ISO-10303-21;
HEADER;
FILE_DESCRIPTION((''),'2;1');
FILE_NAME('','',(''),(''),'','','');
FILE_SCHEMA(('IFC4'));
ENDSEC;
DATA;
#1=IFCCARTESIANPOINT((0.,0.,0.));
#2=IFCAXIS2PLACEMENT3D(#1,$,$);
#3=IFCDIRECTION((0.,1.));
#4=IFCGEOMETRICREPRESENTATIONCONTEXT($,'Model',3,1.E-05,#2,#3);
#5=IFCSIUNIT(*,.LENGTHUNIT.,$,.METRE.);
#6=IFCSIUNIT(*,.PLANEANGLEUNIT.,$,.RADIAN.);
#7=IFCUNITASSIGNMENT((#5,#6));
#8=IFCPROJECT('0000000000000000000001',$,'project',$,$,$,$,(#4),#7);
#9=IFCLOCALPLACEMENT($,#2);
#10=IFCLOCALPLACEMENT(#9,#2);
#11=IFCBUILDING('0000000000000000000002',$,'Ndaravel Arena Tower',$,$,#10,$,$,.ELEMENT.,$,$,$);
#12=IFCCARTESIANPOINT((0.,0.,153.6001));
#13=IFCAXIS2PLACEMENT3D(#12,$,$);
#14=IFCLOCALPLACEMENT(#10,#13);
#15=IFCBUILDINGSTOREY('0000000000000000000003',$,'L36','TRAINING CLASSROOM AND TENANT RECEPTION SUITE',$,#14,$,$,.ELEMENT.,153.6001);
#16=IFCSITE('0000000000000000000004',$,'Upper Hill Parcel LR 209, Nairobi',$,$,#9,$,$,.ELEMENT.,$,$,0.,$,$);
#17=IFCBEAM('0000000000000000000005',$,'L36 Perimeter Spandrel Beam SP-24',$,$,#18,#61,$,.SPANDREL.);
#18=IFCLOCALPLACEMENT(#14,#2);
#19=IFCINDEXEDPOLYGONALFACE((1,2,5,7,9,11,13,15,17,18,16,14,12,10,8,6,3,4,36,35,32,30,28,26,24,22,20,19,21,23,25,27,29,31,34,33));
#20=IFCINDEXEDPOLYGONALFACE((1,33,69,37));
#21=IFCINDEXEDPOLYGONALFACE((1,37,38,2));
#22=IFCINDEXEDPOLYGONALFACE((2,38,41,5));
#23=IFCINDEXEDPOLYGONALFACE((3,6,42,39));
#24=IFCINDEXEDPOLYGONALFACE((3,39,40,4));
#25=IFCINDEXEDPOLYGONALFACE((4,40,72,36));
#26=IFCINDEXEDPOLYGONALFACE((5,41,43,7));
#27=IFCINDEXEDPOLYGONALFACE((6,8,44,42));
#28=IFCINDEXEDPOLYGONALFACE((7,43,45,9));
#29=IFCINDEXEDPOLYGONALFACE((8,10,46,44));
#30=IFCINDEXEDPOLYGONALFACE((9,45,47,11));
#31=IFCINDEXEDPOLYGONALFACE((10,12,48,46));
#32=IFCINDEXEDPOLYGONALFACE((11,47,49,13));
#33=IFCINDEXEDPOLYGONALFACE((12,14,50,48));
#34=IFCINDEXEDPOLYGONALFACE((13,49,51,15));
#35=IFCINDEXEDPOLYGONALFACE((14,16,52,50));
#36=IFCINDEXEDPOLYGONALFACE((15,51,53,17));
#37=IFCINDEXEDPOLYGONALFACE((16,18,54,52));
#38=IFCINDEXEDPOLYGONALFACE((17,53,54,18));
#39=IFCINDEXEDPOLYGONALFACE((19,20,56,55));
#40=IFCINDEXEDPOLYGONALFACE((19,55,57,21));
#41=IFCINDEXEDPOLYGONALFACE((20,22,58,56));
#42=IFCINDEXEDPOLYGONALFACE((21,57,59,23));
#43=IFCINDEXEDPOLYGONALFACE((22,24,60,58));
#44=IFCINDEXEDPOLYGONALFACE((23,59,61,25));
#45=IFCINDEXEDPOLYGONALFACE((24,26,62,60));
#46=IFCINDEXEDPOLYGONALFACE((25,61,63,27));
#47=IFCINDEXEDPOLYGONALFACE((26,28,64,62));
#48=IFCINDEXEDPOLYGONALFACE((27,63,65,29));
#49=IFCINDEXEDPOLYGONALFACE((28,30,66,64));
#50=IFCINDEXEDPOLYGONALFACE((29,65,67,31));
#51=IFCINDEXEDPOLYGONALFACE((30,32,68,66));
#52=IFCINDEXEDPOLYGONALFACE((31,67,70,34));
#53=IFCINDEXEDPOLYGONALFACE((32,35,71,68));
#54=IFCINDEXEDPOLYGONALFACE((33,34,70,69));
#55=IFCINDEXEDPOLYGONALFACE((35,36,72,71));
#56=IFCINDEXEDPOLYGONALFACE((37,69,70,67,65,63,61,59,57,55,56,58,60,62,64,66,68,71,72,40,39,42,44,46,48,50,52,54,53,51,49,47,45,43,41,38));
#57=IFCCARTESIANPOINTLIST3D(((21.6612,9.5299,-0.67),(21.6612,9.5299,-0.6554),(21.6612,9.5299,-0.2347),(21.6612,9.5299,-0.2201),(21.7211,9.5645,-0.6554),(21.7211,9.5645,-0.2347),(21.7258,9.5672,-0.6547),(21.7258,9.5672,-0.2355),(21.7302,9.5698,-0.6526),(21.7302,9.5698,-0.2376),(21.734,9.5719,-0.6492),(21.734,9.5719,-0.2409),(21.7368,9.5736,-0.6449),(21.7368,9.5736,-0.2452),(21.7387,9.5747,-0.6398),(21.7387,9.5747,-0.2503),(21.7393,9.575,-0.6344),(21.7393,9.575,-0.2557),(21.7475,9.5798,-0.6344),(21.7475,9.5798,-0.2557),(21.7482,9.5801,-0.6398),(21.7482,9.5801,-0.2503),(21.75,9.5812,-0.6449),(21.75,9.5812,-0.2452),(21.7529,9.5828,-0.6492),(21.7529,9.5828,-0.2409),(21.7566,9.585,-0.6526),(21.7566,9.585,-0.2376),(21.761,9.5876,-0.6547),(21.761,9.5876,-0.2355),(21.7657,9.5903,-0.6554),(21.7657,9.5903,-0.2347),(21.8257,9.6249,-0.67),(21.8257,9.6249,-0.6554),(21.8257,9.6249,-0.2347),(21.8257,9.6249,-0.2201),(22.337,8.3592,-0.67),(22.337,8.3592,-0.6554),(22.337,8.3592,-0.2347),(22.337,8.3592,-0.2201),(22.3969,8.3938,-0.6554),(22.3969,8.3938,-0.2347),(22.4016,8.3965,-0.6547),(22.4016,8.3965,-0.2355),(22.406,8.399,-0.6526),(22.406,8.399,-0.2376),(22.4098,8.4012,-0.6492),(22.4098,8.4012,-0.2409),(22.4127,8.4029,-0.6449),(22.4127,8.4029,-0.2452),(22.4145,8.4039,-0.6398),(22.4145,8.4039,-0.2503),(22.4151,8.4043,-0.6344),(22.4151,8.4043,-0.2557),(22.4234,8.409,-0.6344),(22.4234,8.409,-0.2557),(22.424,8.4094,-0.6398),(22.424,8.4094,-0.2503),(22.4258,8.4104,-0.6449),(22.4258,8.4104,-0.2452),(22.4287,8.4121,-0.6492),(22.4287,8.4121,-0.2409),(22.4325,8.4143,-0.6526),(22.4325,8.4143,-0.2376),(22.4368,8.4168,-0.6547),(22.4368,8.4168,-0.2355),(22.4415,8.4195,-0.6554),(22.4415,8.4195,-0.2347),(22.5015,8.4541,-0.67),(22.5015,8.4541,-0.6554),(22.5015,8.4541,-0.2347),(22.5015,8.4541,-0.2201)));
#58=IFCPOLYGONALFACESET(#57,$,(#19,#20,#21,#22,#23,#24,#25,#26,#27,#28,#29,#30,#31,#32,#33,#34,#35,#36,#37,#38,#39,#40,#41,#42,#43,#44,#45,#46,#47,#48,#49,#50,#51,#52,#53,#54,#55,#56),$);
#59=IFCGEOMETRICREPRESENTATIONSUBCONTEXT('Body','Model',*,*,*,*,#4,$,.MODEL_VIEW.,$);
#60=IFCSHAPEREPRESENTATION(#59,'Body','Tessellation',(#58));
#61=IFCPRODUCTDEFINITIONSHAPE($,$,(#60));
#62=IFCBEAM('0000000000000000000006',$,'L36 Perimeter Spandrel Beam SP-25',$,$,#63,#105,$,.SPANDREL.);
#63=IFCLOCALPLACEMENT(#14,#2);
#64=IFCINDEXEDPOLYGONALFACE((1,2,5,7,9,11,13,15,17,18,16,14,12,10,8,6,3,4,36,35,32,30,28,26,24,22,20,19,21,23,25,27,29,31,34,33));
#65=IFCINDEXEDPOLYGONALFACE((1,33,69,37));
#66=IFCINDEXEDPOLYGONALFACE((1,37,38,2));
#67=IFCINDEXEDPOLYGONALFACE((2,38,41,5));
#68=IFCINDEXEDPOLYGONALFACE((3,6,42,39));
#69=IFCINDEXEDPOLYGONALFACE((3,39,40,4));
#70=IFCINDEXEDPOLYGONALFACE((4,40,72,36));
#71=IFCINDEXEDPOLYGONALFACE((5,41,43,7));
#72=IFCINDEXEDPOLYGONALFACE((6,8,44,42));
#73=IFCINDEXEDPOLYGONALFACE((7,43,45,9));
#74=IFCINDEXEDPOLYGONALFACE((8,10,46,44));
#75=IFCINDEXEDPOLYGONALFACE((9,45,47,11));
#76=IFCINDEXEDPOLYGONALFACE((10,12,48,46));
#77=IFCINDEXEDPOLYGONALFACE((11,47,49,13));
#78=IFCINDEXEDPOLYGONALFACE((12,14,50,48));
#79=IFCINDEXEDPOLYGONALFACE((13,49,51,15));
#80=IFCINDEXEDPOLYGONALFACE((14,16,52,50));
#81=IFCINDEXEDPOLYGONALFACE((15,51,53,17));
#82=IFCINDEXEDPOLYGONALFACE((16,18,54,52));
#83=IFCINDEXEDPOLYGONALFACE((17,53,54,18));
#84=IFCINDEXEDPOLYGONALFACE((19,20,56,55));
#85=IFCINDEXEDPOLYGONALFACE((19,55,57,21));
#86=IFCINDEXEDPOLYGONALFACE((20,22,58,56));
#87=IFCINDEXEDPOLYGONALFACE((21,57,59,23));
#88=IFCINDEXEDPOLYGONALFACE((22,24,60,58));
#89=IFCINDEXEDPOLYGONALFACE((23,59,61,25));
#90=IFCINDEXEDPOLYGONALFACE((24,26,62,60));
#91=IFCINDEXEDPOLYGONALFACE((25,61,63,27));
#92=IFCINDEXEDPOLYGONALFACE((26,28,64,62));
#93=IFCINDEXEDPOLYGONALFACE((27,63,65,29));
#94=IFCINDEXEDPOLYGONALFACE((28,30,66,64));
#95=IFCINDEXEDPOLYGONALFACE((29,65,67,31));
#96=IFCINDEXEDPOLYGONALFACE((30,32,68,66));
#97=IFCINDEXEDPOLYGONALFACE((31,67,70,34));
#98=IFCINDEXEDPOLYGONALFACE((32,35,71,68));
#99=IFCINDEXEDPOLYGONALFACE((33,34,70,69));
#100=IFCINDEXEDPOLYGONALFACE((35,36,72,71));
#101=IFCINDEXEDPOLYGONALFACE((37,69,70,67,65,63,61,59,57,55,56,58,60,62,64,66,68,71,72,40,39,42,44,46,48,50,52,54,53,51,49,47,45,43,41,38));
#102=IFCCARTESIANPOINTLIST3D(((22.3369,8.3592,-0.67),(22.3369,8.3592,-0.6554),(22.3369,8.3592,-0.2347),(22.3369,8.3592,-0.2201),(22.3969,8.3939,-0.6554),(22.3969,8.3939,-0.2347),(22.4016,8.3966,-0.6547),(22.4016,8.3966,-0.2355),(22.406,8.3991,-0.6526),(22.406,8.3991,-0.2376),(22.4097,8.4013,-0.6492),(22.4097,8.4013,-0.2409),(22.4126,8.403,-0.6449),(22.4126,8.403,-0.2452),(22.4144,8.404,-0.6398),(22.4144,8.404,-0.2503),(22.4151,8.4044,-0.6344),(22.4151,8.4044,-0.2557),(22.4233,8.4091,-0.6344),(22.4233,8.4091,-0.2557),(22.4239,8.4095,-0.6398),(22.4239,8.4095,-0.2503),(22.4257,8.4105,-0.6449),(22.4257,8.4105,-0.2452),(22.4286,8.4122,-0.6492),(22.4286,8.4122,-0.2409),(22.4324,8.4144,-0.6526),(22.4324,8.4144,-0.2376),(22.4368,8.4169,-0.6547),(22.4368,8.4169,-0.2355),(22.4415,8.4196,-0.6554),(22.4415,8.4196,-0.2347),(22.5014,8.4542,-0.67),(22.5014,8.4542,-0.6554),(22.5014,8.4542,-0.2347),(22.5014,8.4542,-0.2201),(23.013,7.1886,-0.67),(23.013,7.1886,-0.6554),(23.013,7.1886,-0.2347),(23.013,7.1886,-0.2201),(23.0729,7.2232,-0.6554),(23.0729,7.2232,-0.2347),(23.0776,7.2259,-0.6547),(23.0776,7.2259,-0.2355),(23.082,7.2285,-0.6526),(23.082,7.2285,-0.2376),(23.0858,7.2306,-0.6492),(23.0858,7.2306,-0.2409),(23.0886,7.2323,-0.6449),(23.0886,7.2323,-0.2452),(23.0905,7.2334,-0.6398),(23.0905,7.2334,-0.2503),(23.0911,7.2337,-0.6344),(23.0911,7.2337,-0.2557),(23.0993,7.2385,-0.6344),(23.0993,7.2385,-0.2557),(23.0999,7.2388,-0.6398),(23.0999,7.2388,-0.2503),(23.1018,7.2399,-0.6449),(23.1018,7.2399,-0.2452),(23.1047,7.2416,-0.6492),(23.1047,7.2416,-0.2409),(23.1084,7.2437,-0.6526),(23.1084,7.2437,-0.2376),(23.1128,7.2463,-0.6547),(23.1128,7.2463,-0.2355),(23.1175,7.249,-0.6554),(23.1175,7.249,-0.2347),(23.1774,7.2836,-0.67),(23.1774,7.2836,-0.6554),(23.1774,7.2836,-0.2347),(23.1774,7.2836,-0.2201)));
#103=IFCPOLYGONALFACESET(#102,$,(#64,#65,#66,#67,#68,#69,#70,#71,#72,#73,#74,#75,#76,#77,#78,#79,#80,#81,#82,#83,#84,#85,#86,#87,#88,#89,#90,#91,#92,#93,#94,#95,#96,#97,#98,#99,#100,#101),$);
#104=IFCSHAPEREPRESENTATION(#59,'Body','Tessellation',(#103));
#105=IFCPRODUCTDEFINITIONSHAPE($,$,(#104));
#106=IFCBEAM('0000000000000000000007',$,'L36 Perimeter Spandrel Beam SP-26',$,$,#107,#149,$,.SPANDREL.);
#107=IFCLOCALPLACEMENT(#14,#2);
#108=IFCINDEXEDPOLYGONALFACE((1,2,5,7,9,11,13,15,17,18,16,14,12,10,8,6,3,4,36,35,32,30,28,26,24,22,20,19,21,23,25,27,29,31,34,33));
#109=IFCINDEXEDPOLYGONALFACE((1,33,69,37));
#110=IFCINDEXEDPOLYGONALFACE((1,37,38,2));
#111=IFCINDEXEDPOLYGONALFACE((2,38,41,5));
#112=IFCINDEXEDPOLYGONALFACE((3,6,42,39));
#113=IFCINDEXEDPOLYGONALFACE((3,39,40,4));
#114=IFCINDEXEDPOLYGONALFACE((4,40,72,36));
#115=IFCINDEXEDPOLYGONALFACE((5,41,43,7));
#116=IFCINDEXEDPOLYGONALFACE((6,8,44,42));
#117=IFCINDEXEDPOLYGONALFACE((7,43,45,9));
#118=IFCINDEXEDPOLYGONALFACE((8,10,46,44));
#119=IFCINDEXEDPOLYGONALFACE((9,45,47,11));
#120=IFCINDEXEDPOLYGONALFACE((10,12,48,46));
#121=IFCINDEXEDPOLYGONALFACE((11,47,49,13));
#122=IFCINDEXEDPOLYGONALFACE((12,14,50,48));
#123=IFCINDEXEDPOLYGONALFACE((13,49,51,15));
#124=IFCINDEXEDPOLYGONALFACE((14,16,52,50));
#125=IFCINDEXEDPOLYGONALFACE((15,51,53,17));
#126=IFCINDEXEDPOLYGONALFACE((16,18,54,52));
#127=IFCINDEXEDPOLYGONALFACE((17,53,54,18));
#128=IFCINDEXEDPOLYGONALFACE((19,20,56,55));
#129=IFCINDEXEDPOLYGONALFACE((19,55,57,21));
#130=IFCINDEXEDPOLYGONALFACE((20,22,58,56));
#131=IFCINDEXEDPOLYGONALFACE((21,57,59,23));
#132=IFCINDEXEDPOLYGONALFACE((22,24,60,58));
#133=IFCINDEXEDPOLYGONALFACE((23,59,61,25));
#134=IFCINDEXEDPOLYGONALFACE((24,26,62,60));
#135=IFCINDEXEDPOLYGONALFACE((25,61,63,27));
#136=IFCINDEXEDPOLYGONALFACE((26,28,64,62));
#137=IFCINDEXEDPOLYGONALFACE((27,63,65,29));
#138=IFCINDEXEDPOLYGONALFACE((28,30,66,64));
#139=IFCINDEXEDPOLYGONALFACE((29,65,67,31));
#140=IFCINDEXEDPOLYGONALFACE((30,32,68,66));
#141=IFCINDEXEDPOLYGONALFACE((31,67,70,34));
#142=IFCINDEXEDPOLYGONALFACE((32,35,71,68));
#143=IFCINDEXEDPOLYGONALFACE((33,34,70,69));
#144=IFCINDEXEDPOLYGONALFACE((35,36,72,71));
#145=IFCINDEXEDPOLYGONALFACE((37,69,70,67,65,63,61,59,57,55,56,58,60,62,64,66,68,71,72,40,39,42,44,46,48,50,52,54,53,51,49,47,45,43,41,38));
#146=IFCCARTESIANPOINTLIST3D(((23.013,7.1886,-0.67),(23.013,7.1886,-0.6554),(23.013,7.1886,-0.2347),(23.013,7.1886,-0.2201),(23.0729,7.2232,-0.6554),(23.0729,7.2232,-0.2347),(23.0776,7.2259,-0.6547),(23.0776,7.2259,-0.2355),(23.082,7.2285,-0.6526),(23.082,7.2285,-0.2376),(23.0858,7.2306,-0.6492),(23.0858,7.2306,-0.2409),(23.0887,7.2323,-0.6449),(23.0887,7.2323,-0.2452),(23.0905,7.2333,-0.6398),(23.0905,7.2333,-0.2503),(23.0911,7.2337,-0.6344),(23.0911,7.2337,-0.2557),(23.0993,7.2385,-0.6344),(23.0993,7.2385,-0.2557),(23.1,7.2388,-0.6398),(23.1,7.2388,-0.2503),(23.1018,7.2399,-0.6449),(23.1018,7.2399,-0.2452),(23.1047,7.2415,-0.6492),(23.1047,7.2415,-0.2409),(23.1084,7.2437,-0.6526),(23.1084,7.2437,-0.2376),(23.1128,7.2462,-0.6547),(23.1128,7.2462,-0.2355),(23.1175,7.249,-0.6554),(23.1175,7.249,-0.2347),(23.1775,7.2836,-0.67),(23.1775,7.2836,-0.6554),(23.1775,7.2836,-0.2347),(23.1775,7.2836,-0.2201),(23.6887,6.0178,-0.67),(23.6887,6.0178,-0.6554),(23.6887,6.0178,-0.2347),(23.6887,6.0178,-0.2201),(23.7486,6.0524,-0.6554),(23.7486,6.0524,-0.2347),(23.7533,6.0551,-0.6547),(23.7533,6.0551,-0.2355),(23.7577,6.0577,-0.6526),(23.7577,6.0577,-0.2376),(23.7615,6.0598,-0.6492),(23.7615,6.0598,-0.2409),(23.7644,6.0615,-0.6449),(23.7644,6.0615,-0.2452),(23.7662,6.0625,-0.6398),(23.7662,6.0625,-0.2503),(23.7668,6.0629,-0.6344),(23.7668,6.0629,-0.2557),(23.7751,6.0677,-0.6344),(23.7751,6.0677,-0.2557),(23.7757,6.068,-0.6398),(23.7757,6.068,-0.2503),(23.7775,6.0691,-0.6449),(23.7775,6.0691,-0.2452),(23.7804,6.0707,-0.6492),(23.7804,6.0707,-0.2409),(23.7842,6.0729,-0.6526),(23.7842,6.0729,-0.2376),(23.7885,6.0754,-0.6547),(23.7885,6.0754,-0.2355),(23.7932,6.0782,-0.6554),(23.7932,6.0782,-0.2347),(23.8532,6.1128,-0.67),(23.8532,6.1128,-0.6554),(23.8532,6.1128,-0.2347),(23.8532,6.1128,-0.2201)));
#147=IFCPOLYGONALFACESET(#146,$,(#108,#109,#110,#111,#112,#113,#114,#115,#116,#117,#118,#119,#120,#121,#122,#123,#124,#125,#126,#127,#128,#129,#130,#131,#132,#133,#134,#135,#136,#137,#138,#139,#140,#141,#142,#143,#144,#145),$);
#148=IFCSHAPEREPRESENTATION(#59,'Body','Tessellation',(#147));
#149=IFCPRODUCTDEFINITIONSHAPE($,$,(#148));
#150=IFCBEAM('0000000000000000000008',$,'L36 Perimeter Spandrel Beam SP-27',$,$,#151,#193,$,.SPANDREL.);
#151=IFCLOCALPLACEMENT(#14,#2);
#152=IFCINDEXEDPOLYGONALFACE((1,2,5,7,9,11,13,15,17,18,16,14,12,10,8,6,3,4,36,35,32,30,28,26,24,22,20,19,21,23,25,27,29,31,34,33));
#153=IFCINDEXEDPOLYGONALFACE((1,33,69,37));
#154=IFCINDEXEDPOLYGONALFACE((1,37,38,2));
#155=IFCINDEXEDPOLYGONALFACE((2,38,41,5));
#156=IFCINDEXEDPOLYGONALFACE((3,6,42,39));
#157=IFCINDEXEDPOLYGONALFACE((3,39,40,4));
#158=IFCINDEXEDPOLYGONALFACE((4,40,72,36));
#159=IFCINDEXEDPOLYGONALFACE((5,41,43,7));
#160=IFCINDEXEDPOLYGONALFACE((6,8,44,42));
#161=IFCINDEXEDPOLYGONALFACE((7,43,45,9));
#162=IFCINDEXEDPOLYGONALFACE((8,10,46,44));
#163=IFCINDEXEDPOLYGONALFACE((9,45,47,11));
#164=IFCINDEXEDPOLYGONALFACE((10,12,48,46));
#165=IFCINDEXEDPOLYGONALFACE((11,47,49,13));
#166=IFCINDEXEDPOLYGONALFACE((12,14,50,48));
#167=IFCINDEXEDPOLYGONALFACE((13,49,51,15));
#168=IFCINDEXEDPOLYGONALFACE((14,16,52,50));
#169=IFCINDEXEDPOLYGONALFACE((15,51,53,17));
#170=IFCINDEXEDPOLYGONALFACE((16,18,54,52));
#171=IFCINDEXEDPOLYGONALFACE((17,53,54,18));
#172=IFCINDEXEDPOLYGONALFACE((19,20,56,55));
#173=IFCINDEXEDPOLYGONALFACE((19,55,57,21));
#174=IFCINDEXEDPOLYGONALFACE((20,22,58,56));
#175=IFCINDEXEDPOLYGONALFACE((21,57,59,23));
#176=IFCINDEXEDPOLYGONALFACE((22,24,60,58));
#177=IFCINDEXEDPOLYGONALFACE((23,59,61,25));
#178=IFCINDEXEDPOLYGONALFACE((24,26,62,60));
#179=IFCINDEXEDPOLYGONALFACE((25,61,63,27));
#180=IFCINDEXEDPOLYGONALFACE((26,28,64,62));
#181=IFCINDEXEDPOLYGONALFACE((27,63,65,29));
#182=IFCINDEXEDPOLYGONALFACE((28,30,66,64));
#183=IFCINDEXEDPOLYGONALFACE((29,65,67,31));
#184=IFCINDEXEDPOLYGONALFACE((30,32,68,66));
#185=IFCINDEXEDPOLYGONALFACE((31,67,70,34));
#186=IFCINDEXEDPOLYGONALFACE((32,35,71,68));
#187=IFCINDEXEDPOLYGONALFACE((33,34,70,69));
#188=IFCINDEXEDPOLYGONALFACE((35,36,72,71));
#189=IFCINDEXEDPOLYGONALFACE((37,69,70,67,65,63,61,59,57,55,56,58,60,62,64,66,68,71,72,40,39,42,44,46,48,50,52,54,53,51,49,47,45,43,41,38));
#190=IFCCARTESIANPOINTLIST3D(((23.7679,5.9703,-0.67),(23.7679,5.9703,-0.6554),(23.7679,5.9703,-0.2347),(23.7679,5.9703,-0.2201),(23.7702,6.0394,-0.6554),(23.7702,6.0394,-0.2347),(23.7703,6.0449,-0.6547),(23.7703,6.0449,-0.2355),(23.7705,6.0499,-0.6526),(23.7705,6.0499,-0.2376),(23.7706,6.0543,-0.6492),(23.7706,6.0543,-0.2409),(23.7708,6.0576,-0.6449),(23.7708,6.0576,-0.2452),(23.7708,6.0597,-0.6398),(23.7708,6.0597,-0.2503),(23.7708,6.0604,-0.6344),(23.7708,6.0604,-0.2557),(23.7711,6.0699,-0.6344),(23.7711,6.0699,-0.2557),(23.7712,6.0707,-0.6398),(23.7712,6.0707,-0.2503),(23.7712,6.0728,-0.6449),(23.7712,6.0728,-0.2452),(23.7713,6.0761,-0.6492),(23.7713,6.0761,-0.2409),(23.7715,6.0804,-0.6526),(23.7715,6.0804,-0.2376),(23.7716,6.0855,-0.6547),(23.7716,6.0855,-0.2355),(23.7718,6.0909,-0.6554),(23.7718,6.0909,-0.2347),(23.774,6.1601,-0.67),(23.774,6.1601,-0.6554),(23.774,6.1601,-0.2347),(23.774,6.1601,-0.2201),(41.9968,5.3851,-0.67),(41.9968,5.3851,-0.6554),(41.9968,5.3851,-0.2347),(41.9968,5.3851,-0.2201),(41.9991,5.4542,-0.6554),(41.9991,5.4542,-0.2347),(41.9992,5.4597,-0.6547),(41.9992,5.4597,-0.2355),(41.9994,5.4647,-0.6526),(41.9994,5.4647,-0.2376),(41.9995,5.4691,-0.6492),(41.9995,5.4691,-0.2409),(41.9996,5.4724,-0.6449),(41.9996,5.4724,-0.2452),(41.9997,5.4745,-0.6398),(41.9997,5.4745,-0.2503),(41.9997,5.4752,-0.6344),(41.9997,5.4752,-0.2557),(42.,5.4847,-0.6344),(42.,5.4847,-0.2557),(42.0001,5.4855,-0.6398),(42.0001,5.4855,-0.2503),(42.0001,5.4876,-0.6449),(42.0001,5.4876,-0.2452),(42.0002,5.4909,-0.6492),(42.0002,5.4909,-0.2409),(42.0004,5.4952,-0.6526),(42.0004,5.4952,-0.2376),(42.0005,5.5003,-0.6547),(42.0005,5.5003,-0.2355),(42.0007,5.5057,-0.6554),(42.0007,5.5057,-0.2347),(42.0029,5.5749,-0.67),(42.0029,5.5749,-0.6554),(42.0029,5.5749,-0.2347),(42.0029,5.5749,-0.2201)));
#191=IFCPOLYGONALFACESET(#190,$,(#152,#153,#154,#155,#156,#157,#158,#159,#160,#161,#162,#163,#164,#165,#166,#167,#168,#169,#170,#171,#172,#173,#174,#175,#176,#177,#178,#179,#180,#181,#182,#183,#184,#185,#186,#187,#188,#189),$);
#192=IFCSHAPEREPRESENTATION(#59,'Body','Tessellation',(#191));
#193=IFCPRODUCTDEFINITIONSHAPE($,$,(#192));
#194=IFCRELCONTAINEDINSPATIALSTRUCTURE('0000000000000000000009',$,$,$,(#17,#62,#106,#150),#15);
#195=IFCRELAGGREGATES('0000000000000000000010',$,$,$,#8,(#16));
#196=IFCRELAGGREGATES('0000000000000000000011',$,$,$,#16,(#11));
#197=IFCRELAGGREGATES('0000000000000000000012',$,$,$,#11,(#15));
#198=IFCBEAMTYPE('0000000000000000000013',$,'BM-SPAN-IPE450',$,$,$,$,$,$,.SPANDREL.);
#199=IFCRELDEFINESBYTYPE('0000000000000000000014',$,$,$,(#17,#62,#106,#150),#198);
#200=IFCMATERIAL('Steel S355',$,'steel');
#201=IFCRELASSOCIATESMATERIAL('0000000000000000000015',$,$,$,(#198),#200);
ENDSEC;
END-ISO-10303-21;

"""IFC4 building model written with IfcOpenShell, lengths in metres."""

from ifc_helpers import new_model, si_unit, direction, frame, origin, origin_2d, place, context, subcontext, project, spatial, i_section, extrude, material, material_profile, profile_set, type_object, element, save


model = new_model("IFC4")

# Units and contexts
model_context = context("Model", 3, precision=1e-05, world=origin(), true_north=direction((0.0, 1.0)))
body_context = subcontext(model_context, "Body", "Model", "MODEL_VIEW")
ifc_project = project(units=[si_unit("LENGTHUNIT", "METRE"), si_unit("PLANEANGLEUNIT", "RADIAN")], contexts=[model_context])

# Site, building, storey
site_placement = place(None, origin())
site = spatial("IfcSite", under=ifc_project, at=site_placement, Name="Upper Hill Parcel LR 209, Nairobi", CompositionType="ELEMENT", RefElevation=0.0)
building_placement = place(site_placement, origin())
building = spatial("IfcBuilding", under=site, at=building_placement, Name="Ndaravel Arena Tower", CompositionType="ELEMENT")
storey_placement = place(building_placement, frame((0.0, 0.0, 153.6001)))
storey = spatial("IfcBuildingStorey", under=building, at=storey_placement, Name="L36", Description="TRAINING CLASSROOM AND TENANT RECEPTION SUITE", CompositionType="ELEMENT", Elevation=153.6001)

# Beams
ifc_material_1 = material(Name="Steel S355", Category="steel")
ifc_material_profile_1 = material_profile(ifc_material_1, i_section(OverallWidth=0.1899, OverallDepth=0.45, WebThickness=0.0095, FlangeThickness=0.0146, FilletRadius=0.021, at=origin_2d()), Name="IPE 450")
ifc_profile_set_1 = profile_set([ifc_material_profile_1], Name="Steel S355")
beam_type = type_object("IfcBeamType", Name="BM-SPAN-IPE450", PredefinedType="SPANDREL", material=ifc_profile_set_1)
for number, where, z_axis, x_axis, name in (
    (1, (21.7434, 9.5774, -0.4451), (0.499947, -0.866056, 0.0), (0.866056, 0.499947, 0.0), "L36 Perimeter Spandrel Beam SP-24"),
    (2, (22.4192, 8.4067, -0.4451), (0.500082, -0.865978, 0.0), (0.865978, 0.500082, 0.0), "L36 Perimeter Spandrel Beam SP-25"),
    (3, (23.0952, 7.2361, -0.4451), (0.499868, -0.866101, 0.0), (0.866101, 0.499868, 0.0), "L36 Perimeter Spandrel Beam SP-26"),
):
    element("IfcBeam", number, at=place(storey_placement, frame(where, z_axis=z_axis, x_axis=x_axis)), inside=storey, type_object=beam_type, Name=name, PredefinedType="SPANDREL", context=body_context, shape_type="SweptSolid", body=[
        extrude(i_section(OverallWidth=0.1899, OverallDepth=0.45, WebThickness=0.0095, FlangeThickness=0.0146, FilletRadius=0.021, at=origin_2d()), origin(), (0.0, 0.0, 1.0), 1.3518),
    ])
beam_placement = place(storey_placement, frame((23.771, 6.0652, -0.4451), z_axis=(0.999485, -0.032086, 0.0), x_axis=(0.032086, 0.999485, 0.0)))
element("IfcBeam", 4, at=beam_placement, inside=storey, type_object=beam_type, Name="L36 Perimeter Spandrel Beam SP-27", PredefinedType="SPANDREL", context=body_context, shape_type="SweptSolid", body=[
    extrude(i_section(OverallWidth=0.1899, OverallDepth=0.45, WebThickness=0.0095, FlangeThickness=0.0146, FilletRadius=0.021, at=origin_2d()), origin(), (0.0, 0.0, 1.0), 18.2383),
])

save(model, "model.ifc")
